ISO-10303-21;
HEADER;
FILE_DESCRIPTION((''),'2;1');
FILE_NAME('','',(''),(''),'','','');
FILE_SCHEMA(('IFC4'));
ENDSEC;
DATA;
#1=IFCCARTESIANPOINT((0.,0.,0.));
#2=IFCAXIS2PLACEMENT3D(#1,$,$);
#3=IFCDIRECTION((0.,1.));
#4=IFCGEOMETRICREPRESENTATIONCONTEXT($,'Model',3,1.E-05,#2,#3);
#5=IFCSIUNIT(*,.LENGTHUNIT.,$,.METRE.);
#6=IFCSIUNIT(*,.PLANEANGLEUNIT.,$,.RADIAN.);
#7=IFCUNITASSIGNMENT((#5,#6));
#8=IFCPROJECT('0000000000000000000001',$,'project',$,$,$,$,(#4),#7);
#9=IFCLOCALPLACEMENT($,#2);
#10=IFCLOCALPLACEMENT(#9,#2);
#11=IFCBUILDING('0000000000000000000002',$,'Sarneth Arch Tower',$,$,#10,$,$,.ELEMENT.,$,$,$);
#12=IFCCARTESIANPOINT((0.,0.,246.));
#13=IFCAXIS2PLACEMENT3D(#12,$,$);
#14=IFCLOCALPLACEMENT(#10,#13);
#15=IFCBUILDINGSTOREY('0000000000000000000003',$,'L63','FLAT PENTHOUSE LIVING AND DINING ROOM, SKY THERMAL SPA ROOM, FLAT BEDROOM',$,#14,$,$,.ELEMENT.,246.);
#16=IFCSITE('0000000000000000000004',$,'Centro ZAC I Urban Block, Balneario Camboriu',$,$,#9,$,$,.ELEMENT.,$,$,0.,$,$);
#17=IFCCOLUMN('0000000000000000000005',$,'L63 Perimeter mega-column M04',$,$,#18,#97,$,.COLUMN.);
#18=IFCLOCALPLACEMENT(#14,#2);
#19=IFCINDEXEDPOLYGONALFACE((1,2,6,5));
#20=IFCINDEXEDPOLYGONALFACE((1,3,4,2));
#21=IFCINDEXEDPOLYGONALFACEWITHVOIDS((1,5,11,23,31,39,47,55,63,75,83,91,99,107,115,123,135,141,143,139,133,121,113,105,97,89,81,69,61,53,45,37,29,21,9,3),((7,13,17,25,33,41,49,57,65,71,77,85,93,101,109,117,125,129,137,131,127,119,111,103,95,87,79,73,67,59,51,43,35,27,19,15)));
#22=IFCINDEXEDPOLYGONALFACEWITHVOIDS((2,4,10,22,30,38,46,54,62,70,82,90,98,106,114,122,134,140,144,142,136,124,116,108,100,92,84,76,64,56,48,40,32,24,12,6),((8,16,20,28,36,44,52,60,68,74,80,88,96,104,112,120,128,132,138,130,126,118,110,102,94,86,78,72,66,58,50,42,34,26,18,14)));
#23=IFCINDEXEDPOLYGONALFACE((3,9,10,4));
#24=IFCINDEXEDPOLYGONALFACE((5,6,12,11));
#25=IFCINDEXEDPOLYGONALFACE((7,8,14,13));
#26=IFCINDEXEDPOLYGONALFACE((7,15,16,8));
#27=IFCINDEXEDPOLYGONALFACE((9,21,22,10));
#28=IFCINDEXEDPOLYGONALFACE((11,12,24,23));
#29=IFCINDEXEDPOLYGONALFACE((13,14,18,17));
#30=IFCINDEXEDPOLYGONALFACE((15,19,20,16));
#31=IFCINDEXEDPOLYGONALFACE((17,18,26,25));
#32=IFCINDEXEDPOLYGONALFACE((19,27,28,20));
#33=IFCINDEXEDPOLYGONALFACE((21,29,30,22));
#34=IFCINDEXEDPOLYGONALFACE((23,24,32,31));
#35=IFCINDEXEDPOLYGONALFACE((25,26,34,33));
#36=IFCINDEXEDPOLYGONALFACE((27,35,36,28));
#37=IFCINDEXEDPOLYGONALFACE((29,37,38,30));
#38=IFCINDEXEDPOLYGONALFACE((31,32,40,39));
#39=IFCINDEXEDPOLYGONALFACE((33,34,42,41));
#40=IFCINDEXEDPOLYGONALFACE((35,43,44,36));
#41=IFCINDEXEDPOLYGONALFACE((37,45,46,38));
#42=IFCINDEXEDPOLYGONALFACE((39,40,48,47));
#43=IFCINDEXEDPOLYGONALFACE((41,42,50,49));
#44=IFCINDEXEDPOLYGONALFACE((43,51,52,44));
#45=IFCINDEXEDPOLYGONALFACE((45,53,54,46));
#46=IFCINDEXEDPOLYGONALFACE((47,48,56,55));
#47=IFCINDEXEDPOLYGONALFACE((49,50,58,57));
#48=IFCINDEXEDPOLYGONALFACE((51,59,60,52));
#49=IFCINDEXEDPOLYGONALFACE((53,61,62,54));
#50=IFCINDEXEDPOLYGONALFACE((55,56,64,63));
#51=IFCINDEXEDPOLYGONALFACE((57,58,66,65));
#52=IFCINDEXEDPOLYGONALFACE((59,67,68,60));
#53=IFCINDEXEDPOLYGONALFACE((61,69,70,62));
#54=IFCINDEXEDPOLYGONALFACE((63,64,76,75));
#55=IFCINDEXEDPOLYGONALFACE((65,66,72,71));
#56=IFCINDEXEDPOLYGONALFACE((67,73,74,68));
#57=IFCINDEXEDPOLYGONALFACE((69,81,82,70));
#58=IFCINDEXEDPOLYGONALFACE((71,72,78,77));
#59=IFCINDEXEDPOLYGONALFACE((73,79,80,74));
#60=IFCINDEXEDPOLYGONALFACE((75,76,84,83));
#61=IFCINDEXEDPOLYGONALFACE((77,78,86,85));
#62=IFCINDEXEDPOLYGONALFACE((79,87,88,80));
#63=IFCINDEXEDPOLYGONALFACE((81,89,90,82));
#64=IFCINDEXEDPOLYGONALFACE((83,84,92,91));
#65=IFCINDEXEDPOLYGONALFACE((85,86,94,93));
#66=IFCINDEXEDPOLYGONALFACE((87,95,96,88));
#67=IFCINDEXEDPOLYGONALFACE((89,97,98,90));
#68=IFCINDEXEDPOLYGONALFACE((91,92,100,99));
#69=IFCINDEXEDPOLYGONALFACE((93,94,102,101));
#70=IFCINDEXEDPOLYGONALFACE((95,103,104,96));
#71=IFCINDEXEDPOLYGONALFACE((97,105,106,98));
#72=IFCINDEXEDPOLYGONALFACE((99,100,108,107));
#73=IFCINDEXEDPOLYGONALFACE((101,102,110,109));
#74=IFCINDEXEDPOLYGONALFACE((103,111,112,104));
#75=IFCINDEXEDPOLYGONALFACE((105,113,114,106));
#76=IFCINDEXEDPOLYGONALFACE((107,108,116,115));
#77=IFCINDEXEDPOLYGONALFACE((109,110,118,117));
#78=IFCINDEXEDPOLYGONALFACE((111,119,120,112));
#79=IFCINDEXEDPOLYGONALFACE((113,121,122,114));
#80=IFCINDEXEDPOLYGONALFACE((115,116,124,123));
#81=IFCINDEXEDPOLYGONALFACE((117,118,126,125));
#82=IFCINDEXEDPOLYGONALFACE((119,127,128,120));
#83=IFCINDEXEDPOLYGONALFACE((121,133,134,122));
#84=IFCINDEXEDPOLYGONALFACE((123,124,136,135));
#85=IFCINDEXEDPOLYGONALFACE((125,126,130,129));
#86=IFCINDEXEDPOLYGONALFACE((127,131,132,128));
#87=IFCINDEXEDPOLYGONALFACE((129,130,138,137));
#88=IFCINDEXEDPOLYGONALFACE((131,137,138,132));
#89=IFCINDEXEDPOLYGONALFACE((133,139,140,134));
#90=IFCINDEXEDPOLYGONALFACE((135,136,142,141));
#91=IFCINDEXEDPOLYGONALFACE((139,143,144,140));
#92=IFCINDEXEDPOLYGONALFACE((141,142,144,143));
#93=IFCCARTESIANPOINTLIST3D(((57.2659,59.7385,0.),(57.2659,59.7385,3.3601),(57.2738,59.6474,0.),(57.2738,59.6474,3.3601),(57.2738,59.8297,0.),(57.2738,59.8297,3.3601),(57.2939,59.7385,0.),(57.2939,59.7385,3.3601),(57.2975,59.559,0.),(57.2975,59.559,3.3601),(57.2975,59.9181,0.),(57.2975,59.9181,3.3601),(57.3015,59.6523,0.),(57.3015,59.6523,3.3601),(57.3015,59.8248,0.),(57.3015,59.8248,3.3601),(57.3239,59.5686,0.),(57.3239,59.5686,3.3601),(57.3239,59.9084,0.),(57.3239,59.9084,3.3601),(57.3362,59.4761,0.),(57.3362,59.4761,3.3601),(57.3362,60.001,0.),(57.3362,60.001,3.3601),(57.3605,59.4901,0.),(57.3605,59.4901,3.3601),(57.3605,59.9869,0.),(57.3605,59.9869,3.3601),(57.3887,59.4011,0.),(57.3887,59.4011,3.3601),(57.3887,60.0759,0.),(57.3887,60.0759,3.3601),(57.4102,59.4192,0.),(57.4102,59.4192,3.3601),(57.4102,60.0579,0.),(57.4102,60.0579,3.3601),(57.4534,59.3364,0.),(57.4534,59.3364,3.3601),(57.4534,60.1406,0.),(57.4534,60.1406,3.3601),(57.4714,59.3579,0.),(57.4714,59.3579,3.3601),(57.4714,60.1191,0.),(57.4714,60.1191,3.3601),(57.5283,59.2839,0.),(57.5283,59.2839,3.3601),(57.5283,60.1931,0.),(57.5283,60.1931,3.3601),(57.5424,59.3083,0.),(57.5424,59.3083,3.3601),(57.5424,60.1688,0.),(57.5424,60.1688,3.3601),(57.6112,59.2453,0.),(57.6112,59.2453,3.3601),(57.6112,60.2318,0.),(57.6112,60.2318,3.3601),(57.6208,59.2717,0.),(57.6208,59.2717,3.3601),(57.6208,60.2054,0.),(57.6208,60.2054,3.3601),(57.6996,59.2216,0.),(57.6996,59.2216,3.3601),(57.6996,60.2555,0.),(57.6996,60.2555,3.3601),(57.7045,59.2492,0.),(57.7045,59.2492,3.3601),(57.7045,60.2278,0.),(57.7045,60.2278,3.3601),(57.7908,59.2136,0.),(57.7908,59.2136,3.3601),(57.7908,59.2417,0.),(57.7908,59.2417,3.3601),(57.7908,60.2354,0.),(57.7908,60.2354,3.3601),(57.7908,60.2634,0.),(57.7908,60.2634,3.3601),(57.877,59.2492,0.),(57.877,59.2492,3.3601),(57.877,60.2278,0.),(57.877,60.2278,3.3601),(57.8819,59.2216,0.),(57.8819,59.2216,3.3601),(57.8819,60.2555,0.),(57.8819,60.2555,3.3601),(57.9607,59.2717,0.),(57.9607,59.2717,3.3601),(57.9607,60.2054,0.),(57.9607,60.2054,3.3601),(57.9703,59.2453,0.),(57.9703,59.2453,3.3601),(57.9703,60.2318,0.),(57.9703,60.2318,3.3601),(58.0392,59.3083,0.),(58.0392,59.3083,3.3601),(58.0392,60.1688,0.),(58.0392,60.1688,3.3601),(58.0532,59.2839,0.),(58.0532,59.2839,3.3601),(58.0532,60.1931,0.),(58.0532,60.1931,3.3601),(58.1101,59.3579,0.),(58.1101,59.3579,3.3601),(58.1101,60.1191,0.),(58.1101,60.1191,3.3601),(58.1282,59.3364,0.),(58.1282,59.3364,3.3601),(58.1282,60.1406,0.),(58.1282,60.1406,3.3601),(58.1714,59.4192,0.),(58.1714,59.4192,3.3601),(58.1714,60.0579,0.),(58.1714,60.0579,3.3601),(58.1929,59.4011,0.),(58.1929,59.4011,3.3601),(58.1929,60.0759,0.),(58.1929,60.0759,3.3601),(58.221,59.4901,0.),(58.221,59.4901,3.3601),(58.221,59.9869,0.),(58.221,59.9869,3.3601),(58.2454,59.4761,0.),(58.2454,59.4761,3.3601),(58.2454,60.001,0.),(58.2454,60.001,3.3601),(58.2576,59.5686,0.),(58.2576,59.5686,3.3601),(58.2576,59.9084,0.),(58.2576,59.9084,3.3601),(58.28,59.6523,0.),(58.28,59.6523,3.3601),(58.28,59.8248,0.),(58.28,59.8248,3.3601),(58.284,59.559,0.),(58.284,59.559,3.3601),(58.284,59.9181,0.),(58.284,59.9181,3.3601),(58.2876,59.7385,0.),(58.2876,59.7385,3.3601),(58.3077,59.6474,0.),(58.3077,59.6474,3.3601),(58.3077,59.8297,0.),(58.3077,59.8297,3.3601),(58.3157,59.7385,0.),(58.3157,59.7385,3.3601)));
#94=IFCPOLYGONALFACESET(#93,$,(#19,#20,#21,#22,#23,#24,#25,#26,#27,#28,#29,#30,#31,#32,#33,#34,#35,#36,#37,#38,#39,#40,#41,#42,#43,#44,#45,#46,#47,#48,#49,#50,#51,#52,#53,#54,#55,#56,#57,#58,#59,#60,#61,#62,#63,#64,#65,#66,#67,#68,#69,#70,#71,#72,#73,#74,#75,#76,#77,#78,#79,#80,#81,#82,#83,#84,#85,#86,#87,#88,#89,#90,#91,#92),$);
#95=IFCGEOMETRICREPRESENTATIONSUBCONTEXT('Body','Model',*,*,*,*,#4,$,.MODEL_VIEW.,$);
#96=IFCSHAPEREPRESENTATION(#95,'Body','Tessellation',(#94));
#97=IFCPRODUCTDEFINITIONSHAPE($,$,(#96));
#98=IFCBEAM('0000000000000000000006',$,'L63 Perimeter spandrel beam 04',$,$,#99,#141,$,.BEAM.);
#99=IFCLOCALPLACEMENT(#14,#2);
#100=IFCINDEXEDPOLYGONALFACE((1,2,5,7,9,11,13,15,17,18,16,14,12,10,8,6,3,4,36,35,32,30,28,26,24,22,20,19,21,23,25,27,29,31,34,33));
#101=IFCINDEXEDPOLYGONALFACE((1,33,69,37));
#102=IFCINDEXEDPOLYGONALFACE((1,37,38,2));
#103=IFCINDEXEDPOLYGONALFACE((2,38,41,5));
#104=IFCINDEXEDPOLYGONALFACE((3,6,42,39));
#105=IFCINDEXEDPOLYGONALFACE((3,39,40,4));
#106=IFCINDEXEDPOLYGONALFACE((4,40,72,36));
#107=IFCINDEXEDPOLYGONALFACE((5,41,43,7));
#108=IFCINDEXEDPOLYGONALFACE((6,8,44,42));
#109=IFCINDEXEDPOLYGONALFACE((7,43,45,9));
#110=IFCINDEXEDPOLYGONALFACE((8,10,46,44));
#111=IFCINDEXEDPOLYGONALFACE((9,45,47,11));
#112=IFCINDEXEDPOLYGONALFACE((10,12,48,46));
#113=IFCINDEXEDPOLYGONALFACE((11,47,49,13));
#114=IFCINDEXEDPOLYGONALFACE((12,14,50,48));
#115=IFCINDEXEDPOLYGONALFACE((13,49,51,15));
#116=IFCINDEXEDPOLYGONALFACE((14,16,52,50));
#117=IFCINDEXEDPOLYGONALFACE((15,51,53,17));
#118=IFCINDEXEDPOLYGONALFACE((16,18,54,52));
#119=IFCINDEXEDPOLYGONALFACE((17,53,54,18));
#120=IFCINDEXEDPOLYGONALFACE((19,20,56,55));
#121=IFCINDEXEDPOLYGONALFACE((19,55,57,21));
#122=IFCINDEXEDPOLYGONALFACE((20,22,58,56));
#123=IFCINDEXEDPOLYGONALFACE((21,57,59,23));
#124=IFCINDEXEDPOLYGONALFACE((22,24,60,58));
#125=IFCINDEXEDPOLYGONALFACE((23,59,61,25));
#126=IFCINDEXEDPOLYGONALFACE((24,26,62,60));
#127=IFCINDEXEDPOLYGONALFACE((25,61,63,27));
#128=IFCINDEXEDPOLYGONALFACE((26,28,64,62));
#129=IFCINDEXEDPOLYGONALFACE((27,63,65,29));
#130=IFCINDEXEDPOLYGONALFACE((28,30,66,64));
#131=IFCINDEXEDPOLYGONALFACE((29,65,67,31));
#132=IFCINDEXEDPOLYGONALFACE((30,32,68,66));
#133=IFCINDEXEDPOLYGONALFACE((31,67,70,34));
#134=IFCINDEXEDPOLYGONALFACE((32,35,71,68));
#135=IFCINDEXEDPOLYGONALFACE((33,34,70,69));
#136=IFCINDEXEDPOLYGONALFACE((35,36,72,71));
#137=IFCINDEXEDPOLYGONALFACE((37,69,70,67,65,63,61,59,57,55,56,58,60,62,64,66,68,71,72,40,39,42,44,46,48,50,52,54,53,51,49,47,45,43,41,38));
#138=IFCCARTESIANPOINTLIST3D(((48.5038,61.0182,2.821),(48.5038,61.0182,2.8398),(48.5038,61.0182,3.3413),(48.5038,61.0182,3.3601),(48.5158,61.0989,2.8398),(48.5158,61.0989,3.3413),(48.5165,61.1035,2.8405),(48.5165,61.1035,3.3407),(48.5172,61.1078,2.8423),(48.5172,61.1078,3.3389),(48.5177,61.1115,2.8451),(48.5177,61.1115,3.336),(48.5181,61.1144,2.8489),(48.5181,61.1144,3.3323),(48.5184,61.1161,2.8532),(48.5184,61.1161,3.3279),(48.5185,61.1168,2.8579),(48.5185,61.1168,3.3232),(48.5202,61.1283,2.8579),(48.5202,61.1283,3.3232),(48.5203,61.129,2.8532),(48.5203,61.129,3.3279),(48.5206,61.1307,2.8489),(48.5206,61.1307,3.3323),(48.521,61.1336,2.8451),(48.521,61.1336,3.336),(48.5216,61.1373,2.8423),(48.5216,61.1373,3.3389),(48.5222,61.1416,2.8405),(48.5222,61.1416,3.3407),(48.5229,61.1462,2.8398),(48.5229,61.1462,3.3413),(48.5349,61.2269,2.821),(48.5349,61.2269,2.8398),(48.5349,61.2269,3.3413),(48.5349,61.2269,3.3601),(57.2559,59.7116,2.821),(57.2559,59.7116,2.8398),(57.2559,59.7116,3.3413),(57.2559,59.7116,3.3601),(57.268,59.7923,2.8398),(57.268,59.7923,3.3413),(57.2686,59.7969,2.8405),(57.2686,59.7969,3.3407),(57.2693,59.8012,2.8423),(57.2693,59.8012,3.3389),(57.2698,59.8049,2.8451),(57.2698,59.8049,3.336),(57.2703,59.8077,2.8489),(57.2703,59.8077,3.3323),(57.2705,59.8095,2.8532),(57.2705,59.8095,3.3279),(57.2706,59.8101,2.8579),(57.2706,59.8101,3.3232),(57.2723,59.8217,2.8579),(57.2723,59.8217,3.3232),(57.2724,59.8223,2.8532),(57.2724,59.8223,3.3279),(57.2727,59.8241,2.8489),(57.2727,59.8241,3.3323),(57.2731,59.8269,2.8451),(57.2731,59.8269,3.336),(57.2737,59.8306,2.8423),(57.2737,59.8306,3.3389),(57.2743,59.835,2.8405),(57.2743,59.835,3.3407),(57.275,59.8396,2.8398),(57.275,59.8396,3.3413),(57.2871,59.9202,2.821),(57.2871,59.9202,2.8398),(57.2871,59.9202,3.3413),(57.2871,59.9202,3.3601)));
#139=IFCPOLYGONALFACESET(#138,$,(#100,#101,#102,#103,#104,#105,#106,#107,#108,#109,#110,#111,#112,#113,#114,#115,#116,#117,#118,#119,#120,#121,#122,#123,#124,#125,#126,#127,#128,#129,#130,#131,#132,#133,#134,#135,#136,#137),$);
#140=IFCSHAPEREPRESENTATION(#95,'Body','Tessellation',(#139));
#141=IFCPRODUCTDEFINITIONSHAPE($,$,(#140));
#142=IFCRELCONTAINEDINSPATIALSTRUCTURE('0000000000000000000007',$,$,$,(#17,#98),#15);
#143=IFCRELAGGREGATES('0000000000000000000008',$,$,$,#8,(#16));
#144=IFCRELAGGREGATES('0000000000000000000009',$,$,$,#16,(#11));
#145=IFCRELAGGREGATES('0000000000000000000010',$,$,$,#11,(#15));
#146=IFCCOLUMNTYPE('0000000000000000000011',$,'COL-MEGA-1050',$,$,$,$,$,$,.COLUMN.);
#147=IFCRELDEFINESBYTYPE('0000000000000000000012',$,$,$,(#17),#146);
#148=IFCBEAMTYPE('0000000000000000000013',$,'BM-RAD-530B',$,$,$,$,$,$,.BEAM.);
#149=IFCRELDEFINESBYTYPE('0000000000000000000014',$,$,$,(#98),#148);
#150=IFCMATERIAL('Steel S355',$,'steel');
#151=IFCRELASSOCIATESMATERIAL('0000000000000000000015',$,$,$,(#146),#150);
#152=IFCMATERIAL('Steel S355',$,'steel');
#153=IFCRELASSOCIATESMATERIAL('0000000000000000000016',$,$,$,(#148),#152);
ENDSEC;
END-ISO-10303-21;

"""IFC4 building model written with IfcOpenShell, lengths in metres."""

from ifc_helpers import new_model, si_unit, direction, frame, origin, origin_2d, place, context, subcontext, project, spatial, hollow_circle, i_section, extrude, material, material_profile, profile_set, type_object, element, save


model = new_model("IFC4")

# Units and contexts
model_context = context("Model", 3, precision=1e-05, world=origin(), true_north=direction((0.0, 1.0)))
body_context = subcontext(model_context, "Body", "Model", "MODEL_VIEW")
ifc_project = project(units=[si_unit("LENGTHUNIT", "METRE"), si_unit("PLANEANGLEUNIT", "RADIAN")], contexts=[model_context])

# Site, building, storey
site_placement = place(None, origin())
site = spatial("IfcSite", under=ifc_project, at=site_placement, Name="Centro ZAC I Urban Block, Balneario Camboriu", CompositionType="ELEMENT", RefElevation=0.0)
building_placement = place(site_placement, origin())
building = spatial("IfcBuilding", under=site, at=building_placement, Name="Sarneth Arch Tower", CompositionType="ELEMENT")
storey_placement = place(building_placement, frame((0.0, 0.0, 246.0)))
storey = spatial("IfcBuildingStorey", under=building, at=storey_placement, Name="L63", Description="FLAT PENTHOUSE LIVING AND DINING ROOM, SKY THERMAL SPA ROOM, FLAT BEDROOM", CompositionType="ELEMENT", Elevation=246.0)

# Column
ifc_material_1 = material(Name="Steel S355", Category="steel")
ifc_material_profile_1 = material_profile(ifc_material_1, hollow_circle(Radius=0.5249, WallThickness=0.0281, at=origin_2d()), Name="CHS1050x28")
ifc_profile_set_1 = profile_set([ifc_material_profile_1], Name="Steel S355")
column_type = type_object("IfcColumnType", Name="COL-MEGA-1050", PredefinedType="COLUMN", material=ifc_profile_set_1)
column_placement = place(storey_placement, frame((57.7908, 59.7385, 0.0), z_axis=(0.0, 0.0, 1.0), x_axis=(1.0, 0.0, 0.0)))
element("IfcColumn", 1, at=column_placement, inside=storey, type_object=column_type, Name="L63 Perimeter mega-column M04", PredefinedType="COLUMN", context=body_context, shape_type="SweptSolid", body=[
    extrude(hollow_circle(Radius=0.5249, WallThickness=0.0281, at=origin_2d()), origin(), (0.0, 0.0, 1.0), 3.3601),
])

# Beam
ifc_material_2 = material(Name="Steel S355", Category="steel")
ifc_material_profile_2 = material_profile(ifc_material_2, i_section(OverallWidth=0.2109, OverallDepth=0.5391, WebThickness=0.0117, FlangeThickness=0.0188, FilletRadius=0.0181, at=origin_2d()), Name="W530x109")
ifc_profile_set_2 = profile_set([ifc_material_profile_2], Name="Steel S355")
beam_type = type_object("IfcBeamType", Name="BM-RAD-530B", PredefinedType="BEAM", material=ifc_profile_set_2)
beam_placement = place(storey_placement, frame((57.2715, 59.8159, 3.0906), z_axis=(-0.989039, 0.147656, 0.0), x_axis=(-0.147656, -0.989039, 0.0)))
element("IfcBeam", 2, at=beam_placement, inside=storey, type_object=beam_type, Name="L63 Perimeter spandrel beam 04", PredefinedType="BEAM", context=body_context, shape_type="SweptSolid", body=[
    extrude(i_section(OverallWidth=0.2109, OverallDepth=0.5391, WebThickness=0.0117, FlangeThickness=0.0188, FilletRadius=0.0181, at=origin_2d()), origin(), (0.0, 0.0, 1.0), 8.8491),
])

save(model, "model.ifc")
